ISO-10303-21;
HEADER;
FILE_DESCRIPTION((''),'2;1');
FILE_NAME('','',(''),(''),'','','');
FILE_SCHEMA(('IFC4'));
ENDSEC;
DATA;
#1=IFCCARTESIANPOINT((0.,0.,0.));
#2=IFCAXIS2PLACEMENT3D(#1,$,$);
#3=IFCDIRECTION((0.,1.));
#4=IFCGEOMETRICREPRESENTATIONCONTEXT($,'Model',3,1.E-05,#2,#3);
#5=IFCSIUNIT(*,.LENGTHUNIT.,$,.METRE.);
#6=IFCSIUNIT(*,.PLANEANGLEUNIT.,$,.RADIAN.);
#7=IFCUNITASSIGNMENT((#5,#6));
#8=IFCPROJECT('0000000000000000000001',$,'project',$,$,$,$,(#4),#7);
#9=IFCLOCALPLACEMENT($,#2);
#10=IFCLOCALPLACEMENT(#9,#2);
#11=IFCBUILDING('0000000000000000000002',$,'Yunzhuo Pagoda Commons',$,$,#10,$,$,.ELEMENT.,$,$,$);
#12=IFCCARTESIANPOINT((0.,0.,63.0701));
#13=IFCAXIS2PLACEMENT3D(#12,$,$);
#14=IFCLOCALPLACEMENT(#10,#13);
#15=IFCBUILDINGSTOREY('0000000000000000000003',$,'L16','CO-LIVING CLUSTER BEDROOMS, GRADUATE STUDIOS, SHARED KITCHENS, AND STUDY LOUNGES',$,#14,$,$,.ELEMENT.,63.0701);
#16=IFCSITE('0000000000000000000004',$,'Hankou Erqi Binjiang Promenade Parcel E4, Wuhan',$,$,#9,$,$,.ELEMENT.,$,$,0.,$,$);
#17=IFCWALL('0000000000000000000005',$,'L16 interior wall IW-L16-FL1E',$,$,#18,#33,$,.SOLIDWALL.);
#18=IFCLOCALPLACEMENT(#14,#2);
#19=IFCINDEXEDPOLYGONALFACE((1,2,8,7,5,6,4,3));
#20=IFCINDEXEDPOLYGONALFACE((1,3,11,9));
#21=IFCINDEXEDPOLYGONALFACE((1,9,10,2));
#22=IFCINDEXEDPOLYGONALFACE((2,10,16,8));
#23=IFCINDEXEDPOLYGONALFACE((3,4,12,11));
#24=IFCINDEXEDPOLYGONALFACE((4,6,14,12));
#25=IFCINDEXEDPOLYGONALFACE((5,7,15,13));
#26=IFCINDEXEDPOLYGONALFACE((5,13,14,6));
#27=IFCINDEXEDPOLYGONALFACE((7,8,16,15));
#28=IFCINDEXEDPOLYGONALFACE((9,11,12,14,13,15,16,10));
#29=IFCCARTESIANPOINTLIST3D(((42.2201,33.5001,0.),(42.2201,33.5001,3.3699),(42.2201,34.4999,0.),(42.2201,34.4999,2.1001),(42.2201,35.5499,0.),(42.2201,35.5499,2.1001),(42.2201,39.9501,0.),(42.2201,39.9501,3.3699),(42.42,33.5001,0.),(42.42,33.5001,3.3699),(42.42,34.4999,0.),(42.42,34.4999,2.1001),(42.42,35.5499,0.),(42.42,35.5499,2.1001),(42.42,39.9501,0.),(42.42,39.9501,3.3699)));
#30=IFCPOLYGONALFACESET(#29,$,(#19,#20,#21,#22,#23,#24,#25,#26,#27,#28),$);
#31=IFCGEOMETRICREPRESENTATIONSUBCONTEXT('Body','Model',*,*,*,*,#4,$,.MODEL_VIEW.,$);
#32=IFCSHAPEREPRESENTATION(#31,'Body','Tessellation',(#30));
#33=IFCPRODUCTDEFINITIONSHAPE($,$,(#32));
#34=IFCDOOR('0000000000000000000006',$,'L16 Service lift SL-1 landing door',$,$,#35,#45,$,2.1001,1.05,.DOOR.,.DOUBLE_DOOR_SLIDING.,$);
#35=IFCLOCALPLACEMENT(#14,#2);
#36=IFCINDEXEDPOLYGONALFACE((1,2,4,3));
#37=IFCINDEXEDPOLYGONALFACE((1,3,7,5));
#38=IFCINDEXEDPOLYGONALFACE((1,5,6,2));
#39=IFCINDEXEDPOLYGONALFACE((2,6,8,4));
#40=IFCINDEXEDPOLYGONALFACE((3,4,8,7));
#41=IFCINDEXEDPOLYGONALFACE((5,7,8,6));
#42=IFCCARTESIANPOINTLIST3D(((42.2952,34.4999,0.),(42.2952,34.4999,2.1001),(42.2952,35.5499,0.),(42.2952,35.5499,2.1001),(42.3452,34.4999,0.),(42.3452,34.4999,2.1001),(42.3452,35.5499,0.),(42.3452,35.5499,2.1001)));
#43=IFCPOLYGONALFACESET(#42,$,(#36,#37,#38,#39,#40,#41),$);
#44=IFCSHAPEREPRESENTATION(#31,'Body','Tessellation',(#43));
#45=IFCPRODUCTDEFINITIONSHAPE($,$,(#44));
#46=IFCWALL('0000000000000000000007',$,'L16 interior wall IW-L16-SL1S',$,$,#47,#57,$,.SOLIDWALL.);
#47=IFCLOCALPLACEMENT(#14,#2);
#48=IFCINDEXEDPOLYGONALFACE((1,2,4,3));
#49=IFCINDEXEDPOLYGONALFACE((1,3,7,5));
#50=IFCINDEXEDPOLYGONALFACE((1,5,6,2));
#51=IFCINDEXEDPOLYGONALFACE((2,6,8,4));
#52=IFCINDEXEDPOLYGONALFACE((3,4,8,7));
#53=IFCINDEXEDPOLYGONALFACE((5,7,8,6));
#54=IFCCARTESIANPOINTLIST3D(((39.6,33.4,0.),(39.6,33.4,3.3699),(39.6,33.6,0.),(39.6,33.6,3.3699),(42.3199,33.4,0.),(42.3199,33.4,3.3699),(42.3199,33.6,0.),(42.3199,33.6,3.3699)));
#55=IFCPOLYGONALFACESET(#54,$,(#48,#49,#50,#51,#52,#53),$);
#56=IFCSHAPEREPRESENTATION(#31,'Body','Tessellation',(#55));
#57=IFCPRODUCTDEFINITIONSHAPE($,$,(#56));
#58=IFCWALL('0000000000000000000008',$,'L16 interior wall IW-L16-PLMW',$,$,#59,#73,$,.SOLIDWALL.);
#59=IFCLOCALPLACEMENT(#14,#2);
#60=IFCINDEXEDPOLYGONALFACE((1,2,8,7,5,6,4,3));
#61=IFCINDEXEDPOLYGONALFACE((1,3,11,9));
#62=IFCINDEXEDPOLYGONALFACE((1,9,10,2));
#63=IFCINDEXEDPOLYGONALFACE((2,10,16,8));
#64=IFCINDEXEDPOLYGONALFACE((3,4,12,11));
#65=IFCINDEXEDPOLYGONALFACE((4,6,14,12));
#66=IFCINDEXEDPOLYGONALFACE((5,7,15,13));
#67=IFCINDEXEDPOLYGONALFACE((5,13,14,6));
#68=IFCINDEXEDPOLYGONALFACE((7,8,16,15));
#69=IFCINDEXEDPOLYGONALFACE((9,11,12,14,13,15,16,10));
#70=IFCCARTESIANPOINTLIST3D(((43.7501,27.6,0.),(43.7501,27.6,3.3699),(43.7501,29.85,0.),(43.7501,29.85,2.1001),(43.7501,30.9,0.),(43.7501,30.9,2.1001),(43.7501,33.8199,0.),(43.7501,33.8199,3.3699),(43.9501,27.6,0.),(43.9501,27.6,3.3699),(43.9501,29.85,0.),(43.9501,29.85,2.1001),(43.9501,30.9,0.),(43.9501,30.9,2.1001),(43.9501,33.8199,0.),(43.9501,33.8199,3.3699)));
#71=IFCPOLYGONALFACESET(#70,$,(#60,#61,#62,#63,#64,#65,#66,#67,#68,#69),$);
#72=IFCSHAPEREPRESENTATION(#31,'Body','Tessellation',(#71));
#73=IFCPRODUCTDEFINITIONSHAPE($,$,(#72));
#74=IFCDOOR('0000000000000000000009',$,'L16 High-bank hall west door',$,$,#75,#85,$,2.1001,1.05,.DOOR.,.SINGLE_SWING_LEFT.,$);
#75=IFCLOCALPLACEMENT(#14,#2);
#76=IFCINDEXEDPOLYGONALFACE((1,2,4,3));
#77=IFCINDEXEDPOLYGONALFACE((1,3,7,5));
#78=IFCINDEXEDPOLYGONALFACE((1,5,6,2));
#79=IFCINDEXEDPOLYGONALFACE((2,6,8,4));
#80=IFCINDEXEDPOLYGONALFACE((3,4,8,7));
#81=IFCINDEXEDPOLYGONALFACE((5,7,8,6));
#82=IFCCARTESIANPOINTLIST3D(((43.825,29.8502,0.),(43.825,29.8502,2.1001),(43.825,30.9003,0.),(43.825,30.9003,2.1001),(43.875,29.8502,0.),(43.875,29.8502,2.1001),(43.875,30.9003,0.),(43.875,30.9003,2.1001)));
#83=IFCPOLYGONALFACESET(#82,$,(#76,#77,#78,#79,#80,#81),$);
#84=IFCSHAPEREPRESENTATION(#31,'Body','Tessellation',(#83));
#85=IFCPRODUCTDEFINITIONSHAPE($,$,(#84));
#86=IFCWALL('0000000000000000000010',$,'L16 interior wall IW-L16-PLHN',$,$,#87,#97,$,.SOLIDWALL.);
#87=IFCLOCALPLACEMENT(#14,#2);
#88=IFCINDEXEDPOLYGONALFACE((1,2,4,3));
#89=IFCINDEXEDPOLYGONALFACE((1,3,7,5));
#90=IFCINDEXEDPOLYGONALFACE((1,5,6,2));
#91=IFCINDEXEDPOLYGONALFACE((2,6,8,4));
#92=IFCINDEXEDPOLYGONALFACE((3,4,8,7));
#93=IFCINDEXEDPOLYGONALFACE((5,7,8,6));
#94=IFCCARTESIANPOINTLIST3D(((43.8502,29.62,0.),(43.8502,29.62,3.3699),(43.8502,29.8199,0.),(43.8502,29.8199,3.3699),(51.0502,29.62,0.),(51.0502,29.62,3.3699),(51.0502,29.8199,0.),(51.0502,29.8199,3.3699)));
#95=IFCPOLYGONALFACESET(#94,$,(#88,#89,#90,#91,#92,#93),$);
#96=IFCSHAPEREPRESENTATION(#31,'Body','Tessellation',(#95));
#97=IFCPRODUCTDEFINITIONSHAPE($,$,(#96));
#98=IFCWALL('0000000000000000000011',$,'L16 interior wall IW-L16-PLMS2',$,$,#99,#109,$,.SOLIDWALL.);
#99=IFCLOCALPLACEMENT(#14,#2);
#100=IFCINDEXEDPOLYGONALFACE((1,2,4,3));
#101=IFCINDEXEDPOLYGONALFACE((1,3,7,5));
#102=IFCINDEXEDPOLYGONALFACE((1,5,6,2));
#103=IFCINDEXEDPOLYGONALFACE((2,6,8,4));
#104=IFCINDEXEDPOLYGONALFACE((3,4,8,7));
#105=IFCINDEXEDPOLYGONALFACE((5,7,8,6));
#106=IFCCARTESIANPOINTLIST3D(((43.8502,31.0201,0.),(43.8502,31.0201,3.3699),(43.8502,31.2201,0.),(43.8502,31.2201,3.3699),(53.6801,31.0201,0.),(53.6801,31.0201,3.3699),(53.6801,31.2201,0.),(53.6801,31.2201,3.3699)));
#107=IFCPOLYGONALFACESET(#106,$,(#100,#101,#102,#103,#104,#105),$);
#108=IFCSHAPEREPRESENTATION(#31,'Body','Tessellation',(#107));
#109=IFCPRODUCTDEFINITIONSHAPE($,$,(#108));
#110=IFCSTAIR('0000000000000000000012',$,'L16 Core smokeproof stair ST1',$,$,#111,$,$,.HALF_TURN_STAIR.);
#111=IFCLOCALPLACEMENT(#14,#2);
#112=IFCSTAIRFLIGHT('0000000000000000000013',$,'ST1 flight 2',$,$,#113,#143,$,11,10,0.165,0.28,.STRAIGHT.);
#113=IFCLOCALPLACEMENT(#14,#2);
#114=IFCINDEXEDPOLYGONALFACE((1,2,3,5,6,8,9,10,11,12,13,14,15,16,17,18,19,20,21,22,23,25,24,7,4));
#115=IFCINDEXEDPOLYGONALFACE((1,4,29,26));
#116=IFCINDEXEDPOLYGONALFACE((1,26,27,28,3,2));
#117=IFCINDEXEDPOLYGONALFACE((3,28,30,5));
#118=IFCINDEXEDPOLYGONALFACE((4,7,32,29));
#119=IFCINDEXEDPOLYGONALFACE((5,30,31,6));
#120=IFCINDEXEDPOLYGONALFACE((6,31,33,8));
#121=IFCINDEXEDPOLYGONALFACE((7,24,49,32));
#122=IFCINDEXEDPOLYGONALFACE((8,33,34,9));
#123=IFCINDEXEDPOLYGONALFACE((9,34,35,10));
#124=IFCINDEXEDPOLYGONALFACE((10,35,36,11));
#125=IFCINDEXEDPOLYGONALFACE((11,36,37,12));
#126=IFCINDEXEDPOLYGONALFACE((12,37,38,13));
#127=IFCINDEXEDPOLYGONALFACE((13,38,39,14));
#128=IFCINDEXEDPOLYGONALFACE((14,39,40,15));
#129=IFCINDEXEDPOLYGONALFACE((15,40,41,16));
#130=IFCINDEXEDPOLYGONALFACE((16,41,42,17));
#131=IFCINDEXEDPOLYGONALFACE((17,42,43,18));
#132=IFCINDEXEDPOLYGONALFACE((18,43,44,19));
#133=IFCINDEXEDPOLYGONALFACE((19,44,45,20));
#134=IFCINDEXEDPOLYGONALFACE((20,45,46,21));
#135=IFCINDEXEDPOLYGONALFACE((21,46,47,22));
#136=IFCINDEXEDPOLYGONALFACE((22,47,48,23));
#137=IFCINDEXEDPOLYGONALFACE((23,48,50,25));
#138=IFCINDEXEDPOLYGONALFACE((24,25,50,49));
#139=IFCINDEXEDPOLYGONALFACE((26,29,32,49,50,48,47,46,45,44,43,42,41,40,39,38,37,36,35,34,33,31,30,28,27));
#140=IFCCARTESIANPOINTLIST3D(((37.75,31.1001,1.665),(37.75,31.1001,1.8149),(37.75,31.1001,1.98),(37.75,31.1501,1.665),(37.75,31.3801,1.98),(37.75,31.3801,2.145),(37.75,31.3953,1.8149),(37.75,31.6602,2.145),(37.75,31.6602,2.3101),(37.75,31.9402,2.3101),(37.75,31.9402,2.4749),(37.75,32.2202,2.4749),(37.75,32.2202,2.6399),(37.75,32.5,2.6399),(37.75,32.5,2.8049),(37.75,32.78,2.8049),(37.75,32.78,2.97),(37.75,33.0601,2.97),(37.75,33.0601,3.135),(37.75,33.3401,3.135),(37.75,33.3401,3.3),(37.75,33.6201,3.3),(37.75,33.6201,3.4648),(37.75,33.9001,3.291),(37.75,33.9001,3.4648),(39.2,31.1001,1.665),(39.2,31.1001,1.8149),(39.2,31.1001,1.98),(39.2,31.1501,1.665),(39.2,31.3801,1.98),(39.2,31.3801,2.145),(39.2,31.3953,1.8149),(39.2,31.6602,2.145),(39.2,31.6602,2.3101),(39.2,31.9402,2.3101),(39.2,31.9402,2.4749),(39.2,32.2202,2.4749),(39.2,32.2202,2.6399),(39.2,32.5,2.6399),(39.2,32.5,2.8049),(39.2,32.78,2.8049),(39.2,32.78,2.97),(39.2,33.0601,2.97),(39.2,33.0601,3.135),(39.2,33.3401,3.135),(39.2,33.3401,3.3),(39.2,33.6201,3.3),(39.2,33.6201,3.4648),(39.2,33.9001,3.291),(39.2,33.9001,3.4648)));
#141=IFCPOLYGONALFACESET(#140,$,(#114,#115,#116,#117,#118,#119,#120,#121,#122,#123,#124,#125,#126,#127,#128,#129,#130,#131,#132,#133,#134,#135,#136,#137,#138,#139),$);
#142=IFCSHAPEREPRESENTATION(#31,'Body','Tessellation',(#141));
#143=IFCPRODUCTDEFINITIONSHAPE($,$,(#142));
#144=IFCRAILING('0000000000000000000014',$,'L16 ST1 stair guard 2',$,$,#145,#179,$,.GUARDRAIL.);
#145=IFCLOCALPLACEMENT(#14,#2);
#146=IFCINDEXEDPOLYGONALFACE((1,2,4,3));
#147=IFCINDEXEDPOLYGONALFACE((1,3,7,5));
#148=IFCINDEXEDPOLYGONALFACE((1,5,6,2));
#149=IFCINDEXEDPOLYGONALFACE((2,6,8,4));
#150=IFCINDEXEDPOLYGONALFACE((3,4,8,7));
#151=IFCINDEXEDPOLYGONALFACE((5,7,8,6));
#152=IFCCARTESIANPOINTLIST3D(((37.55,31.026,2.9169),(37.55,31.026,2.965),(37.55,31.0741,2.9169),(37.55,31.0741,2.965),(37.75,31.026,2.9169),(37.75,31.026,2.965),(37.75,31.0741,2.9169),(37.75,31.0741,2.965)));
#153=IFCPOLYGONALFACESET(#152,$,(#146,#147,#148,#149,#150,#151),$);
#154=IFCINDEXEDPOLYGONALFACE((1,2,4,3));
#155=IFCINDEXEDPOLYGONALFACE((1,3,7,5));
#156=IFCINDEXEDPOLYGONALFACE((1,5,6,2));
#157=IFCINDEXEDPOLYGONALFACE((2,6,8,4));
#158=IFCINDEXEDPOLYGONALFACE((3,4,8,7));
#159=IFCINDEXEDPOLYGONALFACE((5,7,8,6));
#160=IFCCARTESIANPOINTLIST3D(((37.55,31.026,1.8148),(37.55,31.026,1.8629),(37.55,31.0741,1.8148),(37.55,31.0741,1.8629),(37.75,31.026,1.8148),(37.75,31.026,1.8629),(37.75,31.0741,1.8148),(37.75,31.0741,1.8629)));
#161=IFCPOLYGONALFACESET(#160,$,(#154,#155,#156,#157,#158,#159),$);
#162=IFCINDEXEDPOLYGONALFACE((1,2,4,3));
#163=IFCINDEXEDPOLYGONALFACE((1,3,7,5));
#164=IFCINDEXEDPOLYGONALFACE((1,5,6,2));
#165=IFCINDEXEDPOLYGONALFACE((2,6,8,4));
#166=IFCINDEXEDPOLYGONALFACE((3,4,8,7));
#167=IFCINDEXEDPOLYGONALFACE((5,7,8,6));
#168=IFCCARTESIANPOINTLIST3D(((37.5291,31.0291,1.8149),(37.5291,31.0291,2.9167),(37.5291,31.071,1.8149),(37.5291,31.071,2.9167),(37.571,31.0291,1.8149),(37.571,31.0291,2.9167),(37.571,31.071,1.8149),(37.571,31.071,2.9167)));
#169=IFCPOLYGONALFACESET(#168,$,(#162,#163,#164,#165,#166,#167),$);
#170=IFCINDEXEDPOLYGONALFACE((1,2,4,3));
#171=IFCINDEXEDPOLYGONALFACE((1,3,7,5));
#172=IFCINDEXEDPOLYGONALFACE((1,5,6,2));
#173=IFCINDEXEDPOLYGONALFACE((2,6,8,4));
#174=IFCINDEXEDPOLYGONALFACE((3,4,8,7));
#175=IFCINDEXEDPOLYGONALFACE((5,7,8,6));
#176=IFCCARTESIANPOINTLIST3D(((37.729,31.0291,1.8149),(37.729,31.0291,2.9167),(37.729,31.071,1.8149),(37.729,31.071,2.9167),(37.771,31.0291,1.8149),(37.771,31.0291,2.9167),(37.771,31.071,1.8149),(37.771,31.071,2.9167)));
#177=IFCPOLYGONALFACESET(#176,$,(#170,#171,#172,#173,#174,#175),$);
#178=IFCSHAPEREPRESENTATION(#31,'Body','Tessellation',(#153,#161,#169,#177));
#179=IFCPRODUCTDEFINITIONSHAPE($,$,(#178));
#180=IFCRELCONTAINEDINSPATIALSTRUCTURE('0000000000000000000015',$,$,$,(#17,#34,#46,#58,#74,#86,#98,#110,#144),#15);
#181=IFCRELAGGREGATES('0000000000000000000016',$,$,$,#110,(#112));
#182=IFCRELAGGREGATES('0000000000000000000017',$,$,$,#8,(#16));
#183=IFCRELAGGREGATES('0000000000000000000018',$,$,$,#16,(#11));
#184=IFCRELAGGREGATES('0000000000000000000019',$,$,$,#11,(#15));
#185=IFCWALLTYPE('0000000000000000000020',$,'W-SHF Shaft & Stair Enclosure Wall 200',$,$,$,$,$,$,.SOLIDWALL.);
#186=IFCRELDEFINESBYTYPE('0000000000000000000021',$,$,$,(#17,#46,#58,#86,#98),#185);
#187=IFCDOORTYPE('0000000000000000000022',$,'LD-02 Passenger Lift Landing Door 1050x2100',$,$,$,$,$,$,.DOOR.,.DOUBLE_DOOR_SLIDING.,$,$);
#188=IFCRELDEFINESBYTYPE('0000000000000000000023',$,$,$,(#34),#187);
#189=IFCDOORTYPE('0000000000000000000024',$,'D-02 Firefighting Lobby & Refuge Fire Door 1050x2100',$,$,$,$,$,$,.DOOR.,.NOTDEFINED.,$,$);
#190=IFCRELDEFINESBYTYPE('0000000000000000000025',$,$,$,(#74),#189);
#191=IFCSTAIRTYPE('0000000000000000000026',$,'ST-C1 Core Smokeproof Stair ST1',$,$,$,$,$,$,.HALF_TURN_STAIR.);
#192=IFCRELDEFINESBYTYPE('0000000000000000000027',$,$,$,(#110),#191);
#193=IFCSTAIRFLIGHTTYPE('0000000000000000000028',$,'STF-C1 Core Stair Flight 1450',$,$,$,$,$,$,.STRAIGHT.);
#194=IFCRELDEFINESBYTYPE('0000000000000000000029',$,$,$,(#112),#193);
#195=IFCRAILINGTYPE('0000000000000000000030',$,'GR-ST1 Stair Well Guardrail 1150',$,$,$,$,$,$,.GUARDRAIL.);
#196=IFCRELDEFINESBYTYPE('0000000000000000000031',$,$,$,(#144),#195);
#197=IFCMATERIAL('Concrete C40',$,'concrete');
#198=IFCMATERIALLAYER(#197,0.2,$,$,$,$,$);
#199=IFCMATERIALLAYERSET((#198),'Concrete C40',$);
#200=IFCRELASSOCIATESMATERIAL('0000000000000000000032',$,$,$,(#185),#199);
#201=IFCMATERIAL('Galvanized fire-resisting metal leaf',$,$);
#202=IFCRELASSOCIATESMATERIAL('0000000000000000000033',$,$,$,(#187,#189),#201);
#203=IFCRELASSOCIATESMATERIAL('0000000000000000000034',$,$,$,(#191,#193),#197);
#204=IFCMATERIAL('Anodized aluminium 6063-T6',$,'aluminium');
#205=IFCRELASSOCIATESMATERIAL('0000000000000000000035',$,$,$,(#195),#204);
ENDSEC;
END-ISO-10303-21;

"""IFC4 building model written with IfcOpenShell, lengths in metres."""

from ifc_helpers import new_model, si_unit, direction, frame, frame_2d, origin, origin_with_axes, origin_2d, place, context, subcontext, project, spatial, polyline, rectangle, outline, extrude, source, transform, mapped, material, layer, layer_set, type_object, element, fill, aggregate, save


model = new_model("IFC4")

# Units and contexts
model_context = context("Model", 3, precision=1e-05, world=origin(), true_north=direction((0.0, 1.0)))
body_context = subcontext(model_context, "Body", "Model", "MODEL_VIEW")
ifc_project = project(units=[si_unit("LENGTHUNIT", "METRE"), si_unit("PLANEANGLEUNIT", "RADIAN")], contexts=[model_context])

# Site, building, storey
site_placement = place(None, origin())
site = spatial("IfcSite", under=ifc_project, at=site_placement, Name="Hankou Erqi Binjiang Promenade Parcel E4, Wuhan", CompositionType="ELEMENT", RefElevation=0.0)
building_placement = place(site_placement, origin())
building = spatial("IfcBuilding", under=site, at=building_placement, Name="Yunzhuo Pagoda Commons", CompositionType="ELEMENT")
storey_placement = place(building_placement, frame((0.0, 0.0, 63.0701)))
storey = spatial("IfcBuildingStorey", under=building, at=storey_placement, Name="L16", Description="CO-LIVING CLUSTER BEDROOMS, GRADUATE STUDIOS, SHARED KITCHENS, AND STUDY LOUNGES", CompositionType="ELEMENT", Elevation=63.0701)

# Shared definitions
ifc_material_1 = material(Name="Galvanized fire-resisting metal leaf")

# Wall, opening, door
ifc_material_2 = material(Name="Concrete C40", Category="concrete")
ifc_layer_1 = layer(ifc_material_2, 0.2)
ifc_layer_set_1 = layer_set([ifc_layer_1], Name="Concrete C40")
wall_type_1 = type_object("IfcWallType", Name="W-SHF Shaft & Stair Enclosure Wall 200", PredefinedType="SOLIDWALL", material=ifc_layer_set_1)
wall_1_placement = place(storey_placement, frame((42.3201, 33.5, 0.0), z_axis=(0.0, 0.0, 1.0), x_axis=(0.0, 1.0, 0.0)))
wall_1 = element("IfcWall", 1, at=wall_1_placement, inside=storey, type_object=wall_type_1, Name="L16 interior wall IW-L16-FL1E", PredefinedType="SOLIDWALL", context=body_context, shape_type="SweptSolid", body=[
    extrude(rectangle(XDim=6.45, YDim=0.2, at=frame_2d((3.2251, 0.0))), origin(), (0.0, 0.0, 1.0), 3.3699),
])
opening_1_placement = place(wall_1_placement, frame((1.0, 0.0, 0.0)))
opening_1 = element("IfcOpeningElement", 2, at=opening_1_placement, cuts=wall_1, PredefinedType="OPENING", context=body_context, shape_type="SweptSolid", body=[
    extrude(rectangle(XDim=1.05, YDim=2.1001, at=frame_2d((0.5249, 1.05))), frame((0.0, 0.1099, 0.0), z_axis=(0.0, -1.0, 0.0), x_axis=(1.0, 0.0, 0.0)), (0.0, 0.0, 1.0), 0.22),
])
door_type_1 = type_object("IfcDoorType", Name="LD-02 Passenger Lift Landing Door 1050x2100", OperationType="DOUBLE_DOOR_SLIDING", PredefinedType="DOOR", material=ifc_material_1)
shared_shape_1 = source(origin(), body_context, "Body", "SweptSolid", [
    extrude(rectangle(XDim=1.05, YDim=2.1001, at=frame_2d((0.5249, 1.05))), frame((0.0, 0.0249, 0.0), z_axis=(0.0, -1.0, 0.0), x_axis=(1.0, 0.0, 0.0)), (0.0, 0.0, 1.0), 0.05),
])
door_1_placement = place(opening_1_placement, origin_with_axes())
door_1 = element("IfcDoor", 3, at=door_1_placement, inside=storey, type_object=door_type_1, Name="L16 Service lift SL-1 landing door", OperationType="DOUBLE_DOOR_SLIDING", OverallHeight=2.1001, OverallWidth=1.05, PredefinedType="DOOR", context=body_context, shape_type="MappedRepresentation", body=[
    mapped(shared_shape_1, transform((0.0, 0.0, 0.0), scale=1.0)),
])
fill(opening_1, door_1)

# Wall
wall_2_placement = place(storey_placement, frame((39.6001, 33.5, 0.0), z_axis=(0.0, 0.0, 1.0), x_axis=(1.0, 0.0, 0.0)))
element("IfcWall", 4, at=wall_2_placement, inside=storey, type_object=wall_type_1, Name="L16 interior wall IW-L16-SL1S", PredefinedType="SOLIDWALL", context=body_context, shape_type="SweptSolid", body=[
    extrude(rectangle(XDim=2.72, YDim=0.2, at=frame_2d((1.3599, 0.0))), origin(), (0.0, 0.0, 1.0), 3.3699),
])

# Wall, opening, door
wall_3_placement = place(storey_placement, frame((43.8501, 27.6001, 0.0), z_axis=(0.0, 0.0, 1.0), x_axis=(0.0, 1.0, 0.0)))
wall_3 = element("IfcWall", 5, at=wall_3_placement, inside=storey, type_object=wall_type_1, Name="L16 interior wall IW-L16-PLMW", PredefinedType="SOLIDWALL", context=body_context, shape_type="SweptSolid", body=[
    extrude(rectangle(XDim=6.22, YDim=0.2, at=frame_2d((3.1099, 0.0))), origin(), (0.0, 0.0, 1.0), 3.3699),
])
opening_2_placement = place(wall_3_placement, frame((2.25, 0.0, 0.0)))
opening_2 = element("IfcOpeningElement", 6, at=opening_2_placement, cuts=wall_3, PredefinedType="OPENING", context=body_context, shape_type="SweptSolid", body=[
    extrude(rectangle(XDim=1.05, YDim=2.1001, at=frame_2d((0.5249, 1.05))), frame((0.0, 0.1099, 0.0), z_axis=(0.0, -1.0, 0.0), x_axis=(1.0, 0.0, 0.0)), (0.0, 0.0, 1.0), 0.22),
])
door_type_2 = type_object("IfcDoorType", Name="D-02 Firefighting Lobby & Refuge Fire Door 1050x2100", OperationType="NOTDEFINED", PredefinedType="DOOR", material=ifc_material_1)
door_2_placement = place(opening_2_placement, frame((1.05, 0.0, 0.0), z_axis=(0.0, 0.0, 1.0), x_axis=(-1.0, 0.0, 0.0)))
door_2 = element("IfcDoor", 7, at=door_2_placement, inside=storey, type_object=door_type_2, Name="L16 High-bank hall west door", OperationType="SINGLE_SWING_LEFT", OverallHeight=2.1001, OverallWidth=1.05, PredefinedType="DOOR", context=body_context, shape_type="MappedRepresentation", body=[
    mapped(shared_shape_1, transform((0.0, 0.0, 0.0), scale=1.0)),
])
fill(opening_2, door_2)

# Walls
wall_4_placement = place(storey_placement, frame((43.8501, 29.72, 0.0), z_axis=(0.0, 0.0, 1.0), x_axis=(1.0, 0.0, 0.0)))
element("IfcWall", 8, at=wall_4_placement, inside=storey, type_object=wall_type_1, Name="L16 interior wall IW-L16-PLHN", PredefinedType="SOLIDWALL", context=body_context, shape_type="SweptSolid", body=[
    extrude(rectangle(XDim=7.2, YDim=0.2, at=frame_2d((3.6001, 0.0))), origin(), (0.0, 0.0, 1.0), 3.3699),
])
wall_5_placement = place(storey_placement, frame((43.8501, 31.1201, 0.0), z_axis=(0.0, 0.0, 1.0), x_axis=(1.0, 0.0, 0.0)))
element("IfcWall", 9, at=wall_5_placement, inside=storey, type_object=wall_type_1, Name="L16 interior wall IW-L16-PLMS2", PredefinedType="SOLIDWALL", context=body_context, shape_type="SweptSolid", body=[
    extrude(rectangle(XDim=9.8298, YDim=0.2, at=frame_2d((4.915, 0.0))), origin(), (0.0, 0.0, 1.0), 3.3699),
])

# Stair, stair flight
stair_type = type_object("IfcStairType", Name="ST-C1 Core Smokeproof Stair ST1", PredefinedType="HALF_TURN_STAIR", material=ifc_material_2)
stair_placement = place(storey_placement, origin())
stair = element("IfcStair", 10, at=stair_placement, inside=storey, type_object=stair_type, Name="L16 Core smokeproof stair ST1", PredefinedType="HALF_TURN_STAIR")
stair_flight_type = type_object("IfcStairFlightType", Name="STF-C1 Core Stair Flight 1450", PredefinedType="STRAIGHT", material=ifc_material_2)
shared_shape_2 = source(origin(), body_context, "Body", "SweptSolid", [
    extrude(outline(polyline([(0.0, -0.1499), (0.0, 0.0), (0.0, 0.165), (0.28, 0.165), (0.28, 0.3301), (0.5601, 0.3301), (0.5601, 0.4951), (0.8401, 0.4951), (0.8401, 0.6599), (1.1201, 0.6599), (1.1201, 0.825), (1.3999, 0.825), (1.3999, 0.99), (1.6799, 0.99), (1.6799, 1.155), (1.96, 1.155), (1.96, 1.3201), (2.24, 1.3201), (2.24, 1.4851), (2.52, 1.4851), (2.52, 1.6499), (2.8, 1.6499), (2.8, 1.8149), (2.8, 1.4761), (0.2952, 0.0), (0.05, -0.1499), (0.0, -0.1499)])), frame((0.0, 0.7251, 0.0), z_axis=(0.0, -1.0, 0.0), x_axis=(1.0, 0.0, 0.0)), (0.0, 0.0, 1.0), 1.45),
])
stair_flight_placement = place(storey_placement, frame((38.4751, 31.1001, 1.8149), z_axis=(0.0, 0.0, 1.0), x_axis=(0.0, 1.0, 0.0)))
stair_flight = element("IfcStairFlight", 11, at=stair_flight_placement, type_object=stair_flight_type, Name="ST1 flight 2", NumberOfRisers=11, NumberOfTreads=10, PredefinedType="STRAIGHT", RiserHeight=0.165, TreadLength=0.28, context=body_context, shape_type="MappedRepresentation", body=[
    mapped(shared_shape_2, transform((0.0, 0.0, 0.0), scale=1.0)),
])
aggregate(stair, [stair_flight])

# Railing
ifc_material_3 = material(Name="Anodized aluminium 6063-T6", Category="aluminium")
railing_type_1 = type_object("IfcRailingType", Name="GR-ST1 Stair Well Guardrail 1150", PredefinedType="GUARDRAIL", material=ifc_material_3)
railing_1_placement = place(storey_placement, frame((37.55, 31.05, 1.8149)))
element("IfcRailing", 12, at=railing_1_placement, inside=storey, type_object=railing_type_1, Name="L16 ST1 stair guard 2", PredefinedType="GUARDRAIL", context=body_context, shape_type="SweptSolid", body=[
    extrude(rectangle(XDim=0.0481, YDim=0.0481, at=origin_2d()), frame((0.0, 0.0, 1.126), z_axis=(1.0, 0.0, 0.0), x_axis=(0.0, 1.0, 0.0)), (0.0, 0.0, 1.0), 0.2),
    extrude(rectangle(XDim=0.0481, YDim=0.0481, at=origin_2d()), frame((0.0, 0.0, 0.0239), z_axis=(1.0, 0.0, 0.0), x_axis=(0.0, 1.0, 0.0)), (0.0, 0.0, 1.0), 0.2),
    extrude(rectangle(XDim=0.042, YDim=0.042, at=origin_2d()), origin(), (0.0, 0.0, 1.0), 1.1018),
    extrude(rectangle(XDim=0.042, YDim=0.042, at=origin_2d()), frame((0.2, 0.0, 0.0)), (0.0, 0.0, 1.0), 1.1018),
])

save(model, "model.ifc")
